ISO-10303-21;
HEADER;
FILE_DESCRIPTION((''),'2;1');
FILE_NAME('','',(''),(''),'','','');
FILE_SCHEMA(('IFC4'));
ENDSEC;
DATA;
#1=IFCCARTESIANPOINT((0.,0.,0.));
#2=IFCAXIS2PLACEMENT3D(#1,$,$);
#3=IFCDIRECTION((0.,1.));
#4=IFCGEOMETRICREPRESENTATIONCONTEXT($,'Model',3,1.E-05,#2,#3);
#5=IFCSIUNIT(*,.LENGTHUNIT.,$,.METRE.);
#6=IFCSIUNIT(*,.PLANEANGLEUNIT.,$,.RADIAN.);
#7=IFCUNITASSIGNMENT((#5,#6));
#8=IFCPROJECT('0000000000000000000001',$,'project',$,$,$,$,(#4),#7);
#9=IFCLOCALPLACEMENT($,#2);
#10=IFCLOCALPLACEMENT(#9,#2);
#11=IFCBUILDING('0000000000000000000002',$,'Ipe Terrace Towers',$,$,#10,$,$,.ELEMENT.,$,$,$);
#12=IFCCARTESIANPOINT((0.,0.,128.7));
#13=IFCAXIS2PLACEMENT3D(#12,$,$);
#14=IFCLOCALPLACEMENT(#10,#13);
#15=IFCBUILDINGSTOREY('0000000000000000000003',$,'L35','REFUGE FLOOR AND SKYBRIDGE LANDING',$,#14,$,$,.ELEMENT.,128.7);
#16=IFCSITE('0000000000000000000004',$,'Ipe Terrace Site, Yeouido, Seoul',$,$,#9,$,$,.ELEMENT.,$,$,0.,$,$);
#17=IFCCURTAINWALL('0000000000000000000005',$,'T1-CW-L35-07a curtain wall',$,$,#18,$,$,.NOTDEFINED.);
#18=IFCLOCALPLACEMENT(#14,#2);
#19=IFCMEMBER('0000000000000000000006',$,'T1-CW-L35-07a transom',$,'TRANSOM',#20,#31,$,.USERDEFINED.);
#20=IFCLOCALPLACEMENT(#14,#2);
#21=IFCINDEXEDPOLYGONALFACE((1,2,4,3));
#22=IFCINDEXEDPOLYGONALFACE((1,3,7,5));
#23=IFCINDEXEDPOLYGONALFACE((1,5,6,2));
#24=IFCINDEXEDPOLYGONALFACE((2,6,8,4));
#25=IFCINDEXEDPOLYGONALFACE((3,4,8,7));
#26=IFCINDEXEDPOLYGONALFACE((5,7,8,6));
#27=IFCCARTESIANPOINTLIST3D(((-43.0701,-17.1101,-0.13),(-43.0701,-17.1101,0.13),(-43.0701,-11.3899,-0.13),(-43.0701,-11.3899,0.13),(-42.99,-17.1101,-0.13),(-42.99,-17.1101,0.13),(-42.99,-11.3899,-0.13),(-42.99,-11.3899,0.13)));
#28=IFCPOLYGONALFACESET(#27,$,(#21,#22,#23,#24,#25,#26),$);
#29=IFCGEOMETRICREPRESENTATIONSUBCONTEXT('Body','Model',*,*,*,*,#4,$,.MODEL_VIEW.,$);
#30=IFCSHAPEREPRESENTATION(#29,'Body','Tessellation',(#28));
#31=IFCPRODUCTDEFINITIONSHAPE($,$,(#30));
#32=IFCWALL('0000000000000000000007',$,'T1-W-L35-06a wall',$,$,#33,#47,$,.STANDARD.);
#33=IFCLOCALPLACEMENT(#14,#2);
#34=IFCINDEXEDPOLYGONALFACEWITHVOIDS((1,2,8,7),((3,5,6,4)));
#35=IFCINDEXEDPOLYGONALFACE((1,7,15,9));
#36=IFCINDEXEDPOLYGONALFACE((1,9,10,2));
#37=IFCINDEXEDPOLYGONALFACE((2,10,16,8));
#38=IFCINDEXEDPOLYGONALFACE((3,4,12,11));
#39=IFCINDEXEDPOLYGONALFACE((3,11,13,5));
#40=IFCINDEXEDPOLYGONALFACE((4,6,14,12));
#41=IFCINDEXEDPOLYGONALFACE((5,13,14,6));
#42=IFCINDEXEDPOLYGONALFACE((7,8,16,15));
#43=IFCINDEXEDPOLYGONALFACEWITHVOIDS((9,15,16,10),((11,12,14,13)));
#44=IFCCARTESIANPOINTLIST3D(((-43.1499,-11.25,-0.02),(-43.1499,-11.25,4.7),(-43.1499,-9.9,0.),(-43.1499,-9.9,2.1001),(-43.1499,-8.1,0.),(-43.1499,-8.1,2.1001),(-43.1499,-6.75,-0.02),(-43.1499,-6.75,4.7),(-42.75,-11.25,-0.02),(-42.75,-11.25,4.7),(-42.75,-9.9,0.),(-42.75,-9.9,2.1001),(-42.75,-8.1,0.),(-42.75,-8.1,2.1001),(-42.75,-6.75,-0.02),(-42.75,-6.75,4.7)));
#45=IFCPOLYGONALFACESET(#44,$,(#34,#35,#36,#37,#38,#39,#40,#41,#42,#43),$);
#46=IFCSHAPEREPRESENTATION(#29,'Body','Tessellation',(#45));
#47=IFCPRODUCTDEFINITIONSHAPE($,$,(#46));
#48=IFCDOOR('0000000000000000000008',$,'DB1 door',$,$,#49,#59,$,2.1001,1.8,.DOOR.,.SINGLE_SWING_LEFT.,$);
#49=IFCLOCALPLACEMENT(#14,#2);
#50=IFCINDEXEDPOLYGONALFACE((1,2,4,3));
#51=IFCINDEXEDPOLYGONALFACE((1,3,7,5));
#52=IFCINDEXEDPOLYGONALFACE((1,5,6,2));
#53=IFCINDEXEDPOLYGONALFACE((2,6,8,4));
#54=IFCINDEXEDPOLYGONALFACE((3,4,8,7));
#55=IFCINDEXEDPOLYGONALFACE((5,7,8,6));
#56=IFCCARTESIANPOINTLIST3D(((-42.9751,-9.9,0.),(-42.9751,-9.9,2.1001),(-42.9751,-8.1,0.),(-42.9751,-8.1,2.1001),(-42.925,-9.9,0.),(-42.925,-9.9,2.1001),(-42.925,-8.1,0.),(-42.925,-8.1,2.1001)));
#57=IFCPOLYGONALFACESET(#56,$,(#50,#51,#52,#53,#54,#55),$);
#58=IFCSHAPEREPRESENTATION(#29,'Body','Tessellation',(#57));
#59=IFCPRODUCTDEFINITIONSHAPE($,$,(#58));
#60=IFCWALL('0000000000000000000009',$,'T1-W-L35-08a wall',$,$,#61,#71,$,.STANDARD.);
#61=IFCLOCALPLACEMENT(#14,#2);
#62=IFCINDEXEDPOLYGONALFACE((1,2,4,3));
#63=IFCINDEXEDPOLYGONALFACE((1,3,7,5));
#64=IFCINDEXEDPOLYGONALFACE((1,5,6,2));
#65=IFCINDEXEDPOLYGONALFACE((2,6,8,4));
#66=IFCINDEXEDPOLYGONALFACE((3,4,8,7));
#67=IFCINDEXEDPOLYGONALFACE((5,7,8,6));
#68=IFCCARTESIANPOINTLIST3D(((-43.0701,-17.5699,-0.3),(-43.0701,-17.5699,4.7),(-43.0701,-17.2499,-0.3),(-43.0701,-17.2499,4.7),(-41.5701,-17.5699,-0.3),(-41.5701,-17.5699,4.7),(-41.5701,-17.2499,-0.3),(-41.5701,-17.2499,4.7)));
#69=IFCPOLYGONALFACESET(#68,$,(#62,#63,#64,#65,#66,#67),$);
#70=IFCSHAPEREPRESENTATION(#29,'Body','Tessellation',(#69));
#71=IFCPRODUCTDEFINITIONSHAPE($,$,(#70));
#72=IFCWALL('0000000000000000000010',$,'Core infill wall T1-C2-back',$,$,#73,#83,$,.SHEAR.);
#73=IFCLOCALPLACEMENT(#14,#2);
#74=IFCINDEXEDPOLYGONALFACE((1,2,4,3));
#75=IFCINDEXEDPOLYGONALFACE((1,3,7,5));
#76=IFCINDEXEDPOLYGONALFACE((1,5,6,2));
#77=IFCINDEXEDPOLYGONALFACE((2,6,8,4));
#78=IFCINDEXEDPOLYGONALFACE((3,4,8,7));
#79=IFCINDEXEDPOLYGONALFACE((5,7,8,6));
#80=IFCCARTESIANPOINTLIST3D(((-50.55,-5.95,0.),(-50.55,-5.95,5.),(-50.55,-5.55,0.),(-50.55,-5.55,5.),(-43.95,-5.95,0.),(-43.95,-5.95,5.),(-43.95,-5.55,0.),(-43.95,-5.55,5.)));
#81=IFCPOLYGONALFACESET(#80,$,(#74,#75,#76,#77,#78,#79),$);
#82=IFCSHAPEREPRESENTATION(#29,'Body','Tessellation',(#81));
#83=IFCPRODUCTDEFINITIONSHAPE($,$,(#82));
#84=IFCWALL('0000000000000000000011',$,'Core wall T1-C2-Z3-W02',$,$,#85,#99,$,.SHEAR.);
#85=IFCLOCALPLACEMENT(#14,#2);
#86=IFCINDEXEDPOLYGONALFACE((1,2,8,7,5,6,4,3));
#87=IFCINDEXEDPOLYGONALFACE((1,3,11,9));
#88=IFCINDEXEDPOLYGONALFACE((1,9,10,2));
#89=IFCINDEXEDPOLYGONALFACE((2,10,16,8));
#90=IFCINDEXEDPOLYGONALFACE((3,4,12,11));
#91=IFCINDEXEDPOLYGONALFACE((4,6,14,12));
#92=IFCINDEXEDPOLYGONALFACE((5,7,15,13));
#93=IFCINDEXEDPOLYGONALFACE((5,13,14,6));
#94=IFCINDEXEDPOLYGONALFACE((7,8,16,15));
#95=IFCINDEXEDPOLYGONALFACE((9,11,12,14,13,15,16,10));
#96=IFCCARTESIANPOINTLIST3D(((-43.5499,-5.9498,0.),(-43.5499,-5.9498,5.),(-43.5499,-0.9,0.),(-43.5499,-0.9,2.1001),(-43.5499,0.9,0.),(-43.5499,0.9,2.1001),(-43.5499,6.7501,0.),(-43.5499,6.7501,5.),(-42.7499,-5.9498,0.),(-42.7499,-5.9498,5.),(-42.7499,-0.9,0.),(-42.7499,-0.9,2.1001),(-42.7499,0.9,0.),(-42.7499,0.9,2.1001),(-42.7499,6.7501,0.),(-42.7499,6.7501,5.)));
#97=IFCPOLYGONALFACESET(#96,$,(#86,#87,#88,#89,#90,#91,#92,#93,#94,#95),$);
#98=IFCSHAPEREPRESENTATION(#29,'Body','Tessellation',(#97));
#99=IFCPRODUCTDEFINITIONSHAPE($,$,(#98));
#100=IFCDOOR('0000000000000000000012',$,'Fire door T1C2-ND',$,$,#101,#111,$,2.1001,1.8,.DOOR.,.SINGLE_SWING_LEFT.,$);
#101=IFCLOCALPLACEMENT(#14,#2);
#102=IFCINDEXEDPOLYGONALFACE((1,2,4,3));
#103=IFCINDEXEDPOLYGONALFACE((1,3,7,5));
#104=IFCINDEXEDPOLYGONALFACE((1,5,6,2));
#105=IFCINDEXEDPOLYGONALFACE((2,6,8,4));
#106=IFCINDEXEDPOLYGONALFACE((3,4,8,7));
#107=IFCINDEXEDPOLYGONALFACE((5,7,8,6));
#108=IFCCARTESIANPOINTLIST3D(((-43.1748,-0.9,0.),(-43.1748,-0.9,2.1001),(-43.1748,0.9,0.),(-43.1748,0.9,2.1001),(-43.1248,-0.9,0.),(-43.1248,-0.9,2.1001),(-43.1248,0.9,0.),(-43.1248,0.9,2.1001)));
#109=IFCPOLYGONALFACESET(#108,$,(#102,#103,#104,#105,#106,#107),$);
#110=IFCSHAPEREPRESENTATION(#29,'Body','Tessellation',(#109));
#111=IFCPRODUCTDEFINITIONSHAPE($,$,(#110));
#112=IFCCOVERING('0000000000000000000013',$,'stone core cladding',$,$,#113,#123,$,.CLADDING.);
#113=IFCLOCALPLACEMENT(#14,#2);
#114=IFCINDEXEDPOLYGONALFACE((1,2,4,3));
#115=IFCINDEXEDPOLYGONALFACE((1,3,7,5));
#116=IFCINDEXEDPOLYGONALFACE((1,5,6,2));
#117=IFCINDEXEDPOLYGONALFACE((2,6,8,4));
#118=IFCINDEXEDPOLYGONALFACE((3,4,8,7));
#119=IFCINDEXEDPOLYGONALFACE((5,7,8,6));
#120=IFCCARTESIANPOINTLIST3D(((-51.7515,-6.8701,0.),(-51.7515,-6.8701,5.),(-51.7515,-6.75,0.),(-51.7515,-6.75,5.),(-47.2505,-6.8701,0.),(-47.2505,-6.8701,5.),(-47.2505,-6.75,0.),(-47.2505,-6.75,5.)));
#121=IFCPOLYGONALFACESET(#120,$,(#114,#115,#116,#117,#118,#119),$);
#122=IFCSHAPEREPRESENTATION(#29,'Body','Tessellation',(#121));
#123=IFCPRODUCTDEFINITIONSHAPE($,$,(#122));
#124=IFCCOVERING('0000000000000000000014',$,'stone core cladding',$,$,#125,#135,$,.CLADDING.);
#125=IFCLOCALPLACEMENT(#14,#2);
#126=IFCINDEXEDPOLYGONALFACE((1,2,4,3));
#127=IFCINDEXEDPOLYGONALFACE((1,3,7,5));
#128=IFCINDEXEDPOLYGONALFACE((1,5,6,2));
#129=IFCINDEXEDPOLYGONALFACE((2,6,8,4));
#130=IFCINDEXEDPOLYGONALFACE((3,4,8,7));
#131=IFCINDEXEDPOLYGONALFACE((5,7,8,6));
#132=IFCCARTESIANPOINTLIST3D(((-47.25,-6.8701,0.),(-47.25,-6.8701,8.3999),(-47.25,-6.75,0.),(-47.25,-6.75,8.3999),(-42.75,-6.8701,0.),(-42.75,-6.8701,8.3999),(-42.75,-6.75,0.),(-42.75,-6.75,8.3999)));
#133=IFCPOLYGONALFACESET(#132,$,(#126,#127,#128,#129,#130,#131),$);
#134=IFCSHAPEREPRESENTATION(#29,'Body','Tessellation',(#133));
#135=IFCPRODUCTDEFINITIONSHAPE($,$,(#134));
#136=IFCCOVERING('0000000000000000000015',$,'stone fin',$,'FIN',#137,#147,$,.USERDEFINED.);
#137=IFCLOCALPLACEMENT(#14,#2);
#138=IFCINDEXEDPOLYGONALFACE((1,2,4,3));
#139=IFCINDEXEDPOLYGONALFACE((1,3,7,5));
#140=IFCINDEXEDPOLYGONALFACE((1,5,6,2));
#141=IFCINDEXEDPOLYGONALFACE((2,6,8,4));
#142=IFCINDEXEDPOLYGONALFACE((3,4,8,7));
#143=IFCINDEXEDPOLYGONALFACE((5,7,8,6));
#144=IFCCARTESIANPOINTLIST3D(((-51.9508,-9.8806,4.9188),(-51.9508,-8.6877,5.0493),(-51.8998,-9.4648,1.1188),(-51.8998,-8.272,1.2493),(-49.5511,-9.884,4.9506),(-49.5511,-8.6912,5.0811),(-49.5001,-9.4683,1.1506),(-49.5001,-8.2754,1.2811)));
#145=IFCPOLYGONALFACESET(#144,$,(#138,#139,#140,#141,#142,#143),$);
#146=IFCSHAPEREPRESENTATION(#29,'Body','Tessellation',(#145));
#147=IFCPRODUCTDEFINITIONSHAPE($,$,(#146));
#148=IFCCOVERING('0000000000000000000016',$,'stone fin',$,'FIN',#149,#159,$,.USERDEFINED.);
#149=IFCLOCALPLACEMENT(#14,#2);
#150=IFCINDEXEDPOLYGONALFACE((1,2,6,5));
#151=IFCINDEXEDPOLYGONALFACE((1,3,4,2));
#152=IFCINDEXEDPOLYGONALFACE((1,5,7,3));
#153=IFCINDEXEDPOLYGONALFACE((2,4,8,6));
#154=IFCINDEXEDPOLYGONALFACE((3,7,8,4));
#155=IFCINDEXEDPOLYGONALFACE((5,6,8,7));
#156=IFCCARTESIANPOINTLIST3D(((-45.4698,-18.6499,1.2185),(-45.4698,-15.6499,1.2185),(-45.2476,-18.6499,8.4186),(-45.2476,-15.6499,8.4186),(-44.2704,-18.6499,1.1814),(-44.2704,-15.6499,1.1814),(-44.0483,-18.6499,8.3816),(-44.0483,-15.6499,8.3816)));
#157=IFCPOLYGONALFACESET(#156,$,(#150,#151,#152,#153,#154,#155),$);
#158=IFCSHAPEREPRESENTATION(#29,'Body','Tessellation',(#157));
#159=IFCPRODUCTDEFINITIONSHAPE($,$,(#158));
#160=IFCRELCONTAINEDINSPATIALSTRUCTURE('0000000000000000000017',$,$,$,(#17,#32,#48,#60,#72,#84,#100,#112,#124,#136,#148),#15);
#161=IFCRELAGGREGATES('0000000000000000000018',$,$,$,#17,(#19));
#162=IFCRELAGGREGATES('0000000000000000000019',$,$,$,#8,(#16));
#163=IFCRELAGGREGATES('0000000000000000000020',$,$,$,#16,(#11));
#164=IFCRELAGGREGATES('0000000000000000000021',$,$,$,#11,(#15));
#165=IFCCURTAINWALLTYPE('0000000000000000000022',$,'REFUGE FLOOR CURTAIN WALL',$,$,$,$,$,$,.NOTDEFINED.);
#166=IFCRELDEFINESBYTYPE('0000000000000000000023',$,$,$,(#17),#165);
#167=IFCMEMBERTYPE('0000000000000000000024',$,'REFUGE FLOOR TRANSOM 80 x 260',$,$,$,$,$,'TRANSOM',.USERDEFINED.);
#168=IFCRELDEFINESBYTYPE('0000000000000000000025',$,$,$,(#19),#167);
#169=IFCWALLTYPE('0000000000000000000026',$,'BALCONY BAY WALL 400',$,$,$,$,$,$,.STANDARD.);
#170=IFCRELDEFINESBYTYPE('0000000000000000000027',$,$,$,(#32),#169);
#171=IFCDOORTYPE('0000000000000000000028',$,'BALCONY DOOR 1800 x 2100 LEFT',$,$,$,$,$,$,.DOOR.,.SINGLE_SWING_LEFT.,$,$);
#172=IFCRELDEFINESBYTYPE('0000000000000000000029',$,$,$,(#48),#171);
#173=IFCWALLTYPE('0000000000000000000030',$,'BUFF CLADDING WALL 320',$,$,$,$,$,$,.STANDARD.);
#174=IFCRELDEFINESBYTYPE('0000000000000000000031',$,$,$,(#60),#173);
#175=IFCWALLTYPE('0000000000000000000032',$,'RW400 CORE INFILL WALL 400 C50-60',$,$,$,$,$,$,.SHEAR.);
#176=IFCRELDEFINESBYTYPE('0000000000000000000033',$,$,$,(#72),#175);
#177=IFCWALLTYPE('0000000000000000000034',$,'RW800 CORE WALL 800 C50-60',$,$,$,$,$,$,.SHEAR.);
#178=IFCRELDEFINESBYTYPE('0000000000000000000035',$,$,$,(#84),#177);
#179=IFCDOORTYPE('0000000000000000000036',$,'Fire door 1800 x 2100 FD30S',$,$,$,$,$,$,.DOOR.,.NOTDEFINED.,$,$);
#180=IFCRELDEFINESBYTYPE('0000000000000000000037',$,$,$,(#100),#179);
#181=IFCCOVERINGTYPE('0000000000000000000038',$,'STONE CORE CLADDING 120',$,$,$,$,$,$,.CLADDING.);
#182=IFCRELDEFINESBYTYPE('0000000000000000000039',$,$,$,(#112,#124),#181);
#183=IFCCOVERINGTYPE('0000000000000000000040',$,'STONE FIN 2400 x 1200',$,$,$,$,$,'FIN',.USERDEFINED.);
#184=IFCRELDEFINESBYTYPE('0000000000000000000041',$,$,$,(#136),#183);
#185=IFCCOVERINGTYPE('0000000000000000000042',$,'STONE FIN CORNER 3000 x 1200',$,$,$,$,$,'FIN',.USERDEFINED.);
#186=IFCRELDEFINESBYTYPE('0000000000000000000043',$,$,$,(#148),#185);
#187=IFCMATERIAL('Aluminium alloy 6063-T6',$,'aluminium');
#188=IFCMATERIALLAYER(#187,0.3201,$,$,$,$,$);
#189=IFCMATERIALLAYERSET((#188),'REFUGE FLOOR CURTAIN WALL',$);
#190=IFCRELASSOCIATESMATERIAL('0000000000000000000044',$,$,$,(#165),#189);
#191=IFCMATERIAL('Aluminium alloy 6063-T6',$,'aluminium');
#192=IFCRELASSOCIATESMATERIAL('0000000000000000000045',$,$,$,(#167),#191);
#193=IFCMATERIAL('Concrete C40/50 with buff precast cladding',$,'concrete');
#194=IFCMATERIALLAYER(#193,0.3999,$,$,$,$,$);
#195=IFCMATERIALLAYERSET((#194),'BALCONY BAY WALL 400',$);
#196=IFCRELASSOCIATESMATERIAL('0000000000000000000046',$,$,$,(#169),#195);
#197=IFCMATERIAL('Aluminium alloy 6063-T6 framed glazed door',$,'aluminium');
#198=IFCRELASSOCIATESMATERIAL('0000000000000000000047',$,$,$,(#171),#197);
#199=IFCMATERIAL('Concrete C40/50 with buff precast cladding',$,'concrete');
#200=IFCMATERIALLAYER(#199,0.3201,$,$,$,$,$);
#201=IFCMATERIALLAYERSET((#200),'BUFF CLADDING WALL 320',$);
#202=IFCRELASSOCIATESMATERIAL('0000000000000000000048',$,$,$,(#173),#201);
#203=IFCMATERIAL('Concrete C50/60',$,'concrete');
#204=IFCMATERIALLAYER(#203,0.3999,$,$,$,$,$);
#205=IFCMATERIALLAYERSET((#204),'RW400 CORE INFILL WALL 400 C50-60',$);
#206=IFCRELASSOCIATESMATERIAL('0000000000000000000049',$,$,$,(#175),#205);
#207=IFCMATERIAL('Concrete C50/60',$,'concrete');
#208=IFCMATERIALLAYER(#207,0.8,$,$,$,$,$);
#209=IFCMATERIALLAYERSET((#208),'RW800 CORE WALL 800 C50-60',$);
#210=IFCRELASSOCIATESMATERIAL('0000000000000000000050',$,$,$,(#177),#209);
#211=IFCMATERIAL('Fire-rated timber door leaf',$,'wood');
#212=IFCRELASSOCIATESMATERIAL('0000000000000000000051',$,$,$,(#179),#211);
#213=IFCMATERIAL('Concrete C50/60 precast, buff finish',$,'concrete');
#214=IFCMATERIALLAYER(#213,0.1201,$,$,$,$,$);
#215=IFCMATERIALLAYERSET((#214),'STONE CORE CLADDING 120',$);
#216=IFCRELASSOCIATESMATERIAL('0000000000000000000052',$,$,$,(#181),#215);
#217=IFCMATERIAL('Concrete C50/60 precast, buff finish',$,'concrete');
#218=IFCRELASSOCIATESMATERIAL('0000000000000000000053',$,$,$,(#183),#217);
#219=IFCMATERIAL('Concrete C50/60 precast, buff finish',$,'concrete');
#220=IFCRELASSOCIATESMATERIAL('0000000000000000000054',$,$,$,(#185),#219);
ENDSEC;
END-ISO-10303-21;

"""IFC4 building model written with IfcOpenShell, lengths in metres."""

from ifc_helpers import new_model, si_unit, direction, frame, frame_2d, origin, origin_2d, place, context, subcontext, project, spatial, rectangle, extrude, material, layer, layer_set, material_profile, profile_set, type_object, element, fill, aggregate, save


model = new_model("IFC4")

# Units and contexts
model_context = context("Model", 3, precision=1e-05, world=origin(), true_north=direction((0.0, 1.0)))
body_context = subcontext(model_context, "Body", "Model", "MODEL_VIEW")
ifc_project = project(units=[si_unit("LENGTHUNIT", "METRE"), si_unit("PLANEANGLEUNIT", "RADIAN")], contexts=[model_context])

# Site, building, storey
site_placement = place(None, origin())
site = spatial("IfcSite", under=ifc_project, at=site_placement, Name="Ipe Terrace Site, Yeouido, Seoul", CompositionType="ELEMENT", RefElevation=0.0)
building_placement = place(site_placement, origin())
building = spatial("IfcBuilding", under=site, at=building_placement, Name="Ipe Terrace Towers", CompositionType="ELEMENT")
storey_placement = place(building_placement, frame((0.0, 0.0, 128.7)))
storey = spatial("IfcBuildingStorey", under=building, at=storey_placement, Name="L35", Description="REFUGE FLOOR AND SKYBRIDGE LANDING", CompositionType="ELEMENT", Elevation=128.7)

# Curtain wall, member
ifc_material_1 = material(Name="Aluminium alloy 6063-T6", Category="aluminium")
ifc_layer_1 = layer(ifc_material_1, 0.3201)
ifc_layer_set_1 = layer_set([ifc_layer_1], Name="REFUGE FLOOR CURTAIN WALL")
curtain_wall_type = type_object("IfcCurtainWallType", Name="REFUGE FLOOR CURTAIN WALL", PredefinedType="NOTDEFINED", material=ifc_layer_set_1)
curtain_wall_placement = place(storey_placement, origin())
curtain_wall = element("IfcCurtainWall", 1, at=curtain_wall_placement, inside=storey, type_object=curtain_wall_type, Name="T1-CW-L35-07a curtain wall", PredefinedType="NOTDEFINED")
ifc_material_2 = material(Name="Aluminium alloy 6063-T6", Category="aluminium")
ifc_material_profile_1 = material_profile(ifc_material_2, rectangle(XDim=0.0801, YDim=0.26, at=origin_2d()), Name="REFUGE FLOOR TRANSOM 80 x 260")
ifc_profile_set_1 = profile_set([ifc_material_profile_1], Name="Aluminium alloy 6063-T6")
member_type = type_object("IfcMemberType", Name="REFUGE FLOOR TRANSOM 80 x 260", ElementType="TRANSOM", PredefinedType="USERDEFINED", material=ifc_profile_set_1)
member_placement = place(storey_placement, frame((-43.03, -11.3899, 0.0), z_axis=(0.0, -1.0, 0.0), x_axis=(-1.0, 0.0, 0.0)))
member = element("IfcMember", 2, at=member_placement, type_object=member_type, Name="T1-CW-L35-07a transom", ObjectType="TRANSOM", PredefinedType="USERDEFINED", context=body_context, shape_type="SweptSolid", body=[
    extrude(rectangle(XDim=0.0801, YDim=0.26, at=origin_2d()), origin(), (0.0, 0.0, 1.0), 5.7202),
])
aggregate(curtain_wall, [member])

# Wall, opening, door
ifc_material_3 = material(Name="Concrete C40/50 with buff precast cladding", Category="concrete")
ifc_layer_2 = layer(ifc_material_3, 0.3999)
ifc_layer_set_2 = layer_set([ifc_layer_2], Name="BALCONY BAY WALL 400")
wall_type_1 = type_object("IfcWallType", Name="BALCONY BAY WALL 400", PredefinedType="STANDARD", material=ifc_layer_set_2)
wall_1_placement = place(storey_placement, frame((-42.95, -6.75, -0.02), z_axis=(0.0, 0.0, 1.0), x_axis=(0.0, -1.0, 0.0)))
wall_1 = element("IfcWall", 3, at=wall_1_placement, inside=storey, type_object=wall_type_1, Name="T1-W-L35-06a wall", PredefinedType="STANDARD", context=body_context, shape_type="SweptSolid", body=[
    extrude(rectangle(XDim=4.5, YDim=0.3999, at=frame_2d((2.25, 0.0))), origin(), (0.0, 0.0, 1.0), 4.72),
])
opening_1_placement = place(wall_1_placement, frame((1.3501, 0.0, 0.02)))
opening_1 = element("IfcOpeningElement", 4, at=opening_1_placement, cuts=wall_1, PredefinedType="OPENING", context=body_context, shape_type="SweptSolid", body=[
    extrude(rectangle(XDim=1.8, YDim=2.1001, at=frame_2d((0.8999, 1.05))), frame((0.0, 0.21, 0.0), z_axis=(0.0, -1.0, 0.0), x_axis=(1.0, 0.0, 0.0)), (0.0, 0.0, 1.0), 0.4199),
])
ifc_material_4 = material(Name="Aluminium alloy 6063-T6 framed glazed door", Category="aluminium")
door_type_1 = type_object("IfcDoorType", Name="BALCONY DOOR 1800 x 2100 LEFT", OperationType="SINGLE_SWING_LEFT", PredefinedType="DOOR", material=ifc_material_4)
door_1_placement = place(opening_1_placement, origin())
door_1 = element("IfcDoor", 5, at=door_1_placement, inside=storey, type_object=door_type_1, Name="DB1 door", OperationType="SINGLE_SWING_LEFT", OverallHeight=2.1001, OverallWidth=1.8, PredefinedType="DOOR", context=body_context, shape_type="SweptSolid", body=[
    extrude(rectangle(XDim=1.8, YDim=2.1001, at=frame_2d((0.8999, 1.05))), frame((0.0, 0.0249, 0.0), z_axis=(0.0, -1.0, 0.0), x_axis=(1.0, 0.0, 0.0)), (0.0, 0.0, 1.0), 0.05),
])
fill(opening_1, door_1)

# Walls
ifc_material_5 = material(Name="Concrete C40/50 with buff precast cladding", Category="concrete")
ifc_layer_3 = layer(ifc_material_5, 0.3201)
ifc_layer_set_3 = layer_set([ifc_layer_3], Name="BUFF CLADDING WALL 320")
wall_type_2 = type_object("IfcWallType", Name="BUFF CLADDING WALL 320", PredefinedType="STANDARD", material=ifc_layer_set_3)
wall_2_placement = place(storey_placement, frame((-43.0701, -17.4099, -0.3), z_axis=(0.0, 0.0, 1.0), x_axis=(1.0, 0.0, 0.0)))
element("IfcWall", 6, at=wall_2_placement, inside=storey, type_object=wall_type_2, Name="T1-W-L35-08a wall", PredefinedType="STANDARD", context=body_context, shape_type="SweptSolid", body=[
    extrude(rectangle(XDim=1.5, YDim=0.3201, at=frame_2d((0.75, 0.0))), origin(), (0.0, 0.0, 1.0), 5.0),
])
ifc_material_6 = material(Name="Concrete C50/60", Category="concrete")
ifc_layer_4 = layer(ifc_material_6, 0.3999)
ifc_layer_set_4 = layer_set([ifc_layer_4], Name="RW400 CORE INFILL WALL 400 C50-60")
wall_type_3 = type_object("IfcWallType", Name="RW400 CORE INFILL WALL 400 C50-60", PredefinedType="SHEAR", material=ifc_layer_set_4)
wall_3_placement = place(storey_placement, frame((-43.95, -5.75, 0.0), z_axis=(0.0, 0.0, 1.0), x_axis=(-1.0, 0.0, 0.0)))
element("IfcWall", 7, at=wall_3_placement, inside=storey, type_object=wall_type_3, Name="Core infill wall T1-C2-back", PredefinedType="SHEAR", context=body_context, shape_type="SweptSolid", body=[
    extrude(rectangle(XDim=6.6001, YDim=0.3999, at=frame_2d((3.3, 0.0))), origin(), (0.0, 0.0, 1.0), 5.0),
])

# Wall, opening, door
ifc_material_7 = material(Name="Concrete C50/60", Category="concrete")
ifc_layer_5 = layer(ifc_material_7, 0.8)
ifc_layer_set_5 = layer_set([ifc_layer_5], Name="RW800 CORE WALL 800 C50-60")
wall_type_4 = type_object("IfcWallType", Name="RW800 CORE WALL 800 C50-60", PredefinedType="SHEAR", material=ifc_layer_set_5)
wall_4_placement = place(storey_placement, frame((-43.1499, -5.95, 0.0), z_axis=(0.0, 0.0, 1.0), x_axis=(0.0, 1.0, 0.0)))
wall_4 = element("IfcWall", 8, at=wall_4_placement, inside=storey, type_object=wall_type_4, Name="Core wall T1-C2-Z3-W02", PredefinedType="SHEAR", context=body_context, shape_type="SweptSolid", body=[
    extrude(rectangle(XDim=12.7, YDim=0.8, at=frame_2d((6.3501, 0.0))), origin(), (0.0, 0.0, 1.0), 5.0),
])
opening_2_placement = place(wall_4_placement, frame((5.05, 0.0, 0.0)))
opening_2 = element("IfcOpeningElement", 9, at=opening_2_placement, cuts=wall_4, PredefinedType="OPENING", context=body_context, shape_type="SweptSolid", body=[
    extrude(rectangle(XDim=1.8, YDim=2.1001, at=frame_2d((0.8999, 1.05))), frame((0.0, 0.4102, 0.0), z_axis=(0.0, -1.0, 0.0), x_axis=(1.0, 0.0, 0.0)), (0.0, 0.0, 1.0), 0.8201),
])
ifc_material_8 = material(Name="Fire-rated timber door leaf", Category="wood")
door_type_2 = type_object("IfcDoorType", Name="Fire door 1800 x 2100 FD30S", OperationType="NOTDEFINED", PredefinedType="DOOR", material=ifc_material_8)
door_2_placement = place(opening_2_placement, origin())
door_2 = element("IfcDoor", 10, at=door_2_placement, inside=storey, type_object=door_type_2, Name="Fire door T1C2-ND", OperationType="SINGLE_SWING_LEFT", OverallHeight=2.1001, OverallWidth=1.8, PredefinedType="DOOR", context=body_context, shape_type="SweptSolid", body=[
    extrude(rectangle(XDim=1.8, YDim=2.1001, at=frame_2d((0.8999, 1.05))), frame((0.0, 0.0249, 0.0), z_axis=(0.0, -1.0, 0.0), x_axis=(1.0, 0.0, 0.0)), (0.0, 0.0, 1.0), 0.05),
])
fill(opening_2, door_2)

# Coverings
ifc_material_9 = material(Name="Concrete C50/60 precast, buff finish", Category="concrete")
ifc_layer_6 = layer(ifc_material_9, 0.1201)
ifc_layer_set_6 = layer_set([ifc_layer_6], Name="STONE CORE CLADDING 120")
covering_type_1 = type_object("IfcCoveringType", Name="STONE CORE CLADDING 120", PredefinedType="CLADDING", material=ifc_layer_set_6)
covering_1_placement = place(storey_placement, frame((-49.501, -6.8101, 0.0), z_axis=(0.0, 0.0, 1.0), x_axis=(1.0, 0.0, 0.0)))
element("IfcCovering", 11, at=covering_1_placement, inside=storey, type_object=covering_type_1, Name="stone core cladding", PredefinedType="CLADDING", context=body_context, shape_type="SweptSolid", body=[
    extrude(rectangle(XDim=4.501, YDim=0.1201, at=origin_2d()), origin(), (0.0, 0.0, 1.0), 5.0),
])
covering_2_placement = place(storey_placement, frame((-45.0, -6.8101, 0.0), z_axis=(0.0, 0.0, 1.0), x_axis=(1.0, 0.0, 0.0)))
element("IfcCovering", 12, at=covering_2_placement, inside=storey, type_object=covering_type_1, Name="stone core cladding", PredefinedType="CLADDING", context=body_context, shape_type="SweptSolid", body=[
    extrude(rectangle(XDim=4.5, YDim=0.1201, at=origin_2d()), origin(), (0.0, 0.0, 1.0), 8.3999),
])
ifc_material_10 = material(Name="Concrete C50/60 precast, buff finish", Category="concrete")
ifc_material_profile_2 = material_profile(ifc_material_10, rectangle(XDim=2.3999, YDim=1.2, at=origin_2d()), Name="STONE FIN 2400 x 1200")
ifc_profile_set_2 = profile_set([ifc_material_profile_2], Name="Concrete C50/60 precast, buff finish")
covering_type_2 = type_object("IfcCoveringType", Name="STONE FIN 2400 x 1200", ElementType="FIN", PredefinedType="USERDEFINED", material=ifc_profile_set_2)
covering_3_placement = place(storey_placement, frame((-50.7, -8.8701, 1.2), z_axis=(-0.013347, -0.108753, 0.993979), x_axis=(0.999911, -0.001452, 0.013268)))
element("IfcCovering", 13, at=covering_3_placement, inside=storey, type_object=covering_type_2, Name="stone fin", ObjectType="FIN", PredefinedType="USERDEFINED", context=body_context, shape_type="SweptSolid", body=[
    extrude(rectangle(XDim=2.3999, YDim=1.2, at=origin_2d()), origin(), (0.0, 0.0, 1.0), 3.823),
])
ifc_material_11 = material(Name="Concrete C50/60 precast, buff finish", Category="concrete")
ifc_material_profile_3 = material_profile(ifc_material_11, rectangle(XDim=3.0, YDim=1.2, at=origin_2d()), Name="STONE FIN CORNER 3000 x 1200")
ifc_profile_set_3 = profile_set([ifc_material_profile_3], Name="Concrete C50/60 precast, buff finish")
covering_type_3 = type_object("IfcCoveringType", Name="STONE FIN CORNER 3000 x 1200", ElementType="FIN", PredefinedType="USERDEFINED", material=ifc_profile_set_3)
covering_4_placement = place(storey_placement, frame((-44.8701, -17.1499, 1.2), z_axis=(0.030841, 0.0, 0.999524), x_axis=(0.0, -1.0, 0.0)))
element("IfcCovering", 14, at=covering_4_placement, inside=storey, type_object=covering_type_3, Name="stone fin", ObjectType="FIN", PredefinedType="USERDEFINED", context=body_context, shape_type="SweptSolid", body=[
    extrude(rectangle(XDim=3.0, YDim=1.2, at=origin_2d()), origin(), (0.0, 0.0, 1.0), 7.2036),
])

save(model, "model.ifc")
